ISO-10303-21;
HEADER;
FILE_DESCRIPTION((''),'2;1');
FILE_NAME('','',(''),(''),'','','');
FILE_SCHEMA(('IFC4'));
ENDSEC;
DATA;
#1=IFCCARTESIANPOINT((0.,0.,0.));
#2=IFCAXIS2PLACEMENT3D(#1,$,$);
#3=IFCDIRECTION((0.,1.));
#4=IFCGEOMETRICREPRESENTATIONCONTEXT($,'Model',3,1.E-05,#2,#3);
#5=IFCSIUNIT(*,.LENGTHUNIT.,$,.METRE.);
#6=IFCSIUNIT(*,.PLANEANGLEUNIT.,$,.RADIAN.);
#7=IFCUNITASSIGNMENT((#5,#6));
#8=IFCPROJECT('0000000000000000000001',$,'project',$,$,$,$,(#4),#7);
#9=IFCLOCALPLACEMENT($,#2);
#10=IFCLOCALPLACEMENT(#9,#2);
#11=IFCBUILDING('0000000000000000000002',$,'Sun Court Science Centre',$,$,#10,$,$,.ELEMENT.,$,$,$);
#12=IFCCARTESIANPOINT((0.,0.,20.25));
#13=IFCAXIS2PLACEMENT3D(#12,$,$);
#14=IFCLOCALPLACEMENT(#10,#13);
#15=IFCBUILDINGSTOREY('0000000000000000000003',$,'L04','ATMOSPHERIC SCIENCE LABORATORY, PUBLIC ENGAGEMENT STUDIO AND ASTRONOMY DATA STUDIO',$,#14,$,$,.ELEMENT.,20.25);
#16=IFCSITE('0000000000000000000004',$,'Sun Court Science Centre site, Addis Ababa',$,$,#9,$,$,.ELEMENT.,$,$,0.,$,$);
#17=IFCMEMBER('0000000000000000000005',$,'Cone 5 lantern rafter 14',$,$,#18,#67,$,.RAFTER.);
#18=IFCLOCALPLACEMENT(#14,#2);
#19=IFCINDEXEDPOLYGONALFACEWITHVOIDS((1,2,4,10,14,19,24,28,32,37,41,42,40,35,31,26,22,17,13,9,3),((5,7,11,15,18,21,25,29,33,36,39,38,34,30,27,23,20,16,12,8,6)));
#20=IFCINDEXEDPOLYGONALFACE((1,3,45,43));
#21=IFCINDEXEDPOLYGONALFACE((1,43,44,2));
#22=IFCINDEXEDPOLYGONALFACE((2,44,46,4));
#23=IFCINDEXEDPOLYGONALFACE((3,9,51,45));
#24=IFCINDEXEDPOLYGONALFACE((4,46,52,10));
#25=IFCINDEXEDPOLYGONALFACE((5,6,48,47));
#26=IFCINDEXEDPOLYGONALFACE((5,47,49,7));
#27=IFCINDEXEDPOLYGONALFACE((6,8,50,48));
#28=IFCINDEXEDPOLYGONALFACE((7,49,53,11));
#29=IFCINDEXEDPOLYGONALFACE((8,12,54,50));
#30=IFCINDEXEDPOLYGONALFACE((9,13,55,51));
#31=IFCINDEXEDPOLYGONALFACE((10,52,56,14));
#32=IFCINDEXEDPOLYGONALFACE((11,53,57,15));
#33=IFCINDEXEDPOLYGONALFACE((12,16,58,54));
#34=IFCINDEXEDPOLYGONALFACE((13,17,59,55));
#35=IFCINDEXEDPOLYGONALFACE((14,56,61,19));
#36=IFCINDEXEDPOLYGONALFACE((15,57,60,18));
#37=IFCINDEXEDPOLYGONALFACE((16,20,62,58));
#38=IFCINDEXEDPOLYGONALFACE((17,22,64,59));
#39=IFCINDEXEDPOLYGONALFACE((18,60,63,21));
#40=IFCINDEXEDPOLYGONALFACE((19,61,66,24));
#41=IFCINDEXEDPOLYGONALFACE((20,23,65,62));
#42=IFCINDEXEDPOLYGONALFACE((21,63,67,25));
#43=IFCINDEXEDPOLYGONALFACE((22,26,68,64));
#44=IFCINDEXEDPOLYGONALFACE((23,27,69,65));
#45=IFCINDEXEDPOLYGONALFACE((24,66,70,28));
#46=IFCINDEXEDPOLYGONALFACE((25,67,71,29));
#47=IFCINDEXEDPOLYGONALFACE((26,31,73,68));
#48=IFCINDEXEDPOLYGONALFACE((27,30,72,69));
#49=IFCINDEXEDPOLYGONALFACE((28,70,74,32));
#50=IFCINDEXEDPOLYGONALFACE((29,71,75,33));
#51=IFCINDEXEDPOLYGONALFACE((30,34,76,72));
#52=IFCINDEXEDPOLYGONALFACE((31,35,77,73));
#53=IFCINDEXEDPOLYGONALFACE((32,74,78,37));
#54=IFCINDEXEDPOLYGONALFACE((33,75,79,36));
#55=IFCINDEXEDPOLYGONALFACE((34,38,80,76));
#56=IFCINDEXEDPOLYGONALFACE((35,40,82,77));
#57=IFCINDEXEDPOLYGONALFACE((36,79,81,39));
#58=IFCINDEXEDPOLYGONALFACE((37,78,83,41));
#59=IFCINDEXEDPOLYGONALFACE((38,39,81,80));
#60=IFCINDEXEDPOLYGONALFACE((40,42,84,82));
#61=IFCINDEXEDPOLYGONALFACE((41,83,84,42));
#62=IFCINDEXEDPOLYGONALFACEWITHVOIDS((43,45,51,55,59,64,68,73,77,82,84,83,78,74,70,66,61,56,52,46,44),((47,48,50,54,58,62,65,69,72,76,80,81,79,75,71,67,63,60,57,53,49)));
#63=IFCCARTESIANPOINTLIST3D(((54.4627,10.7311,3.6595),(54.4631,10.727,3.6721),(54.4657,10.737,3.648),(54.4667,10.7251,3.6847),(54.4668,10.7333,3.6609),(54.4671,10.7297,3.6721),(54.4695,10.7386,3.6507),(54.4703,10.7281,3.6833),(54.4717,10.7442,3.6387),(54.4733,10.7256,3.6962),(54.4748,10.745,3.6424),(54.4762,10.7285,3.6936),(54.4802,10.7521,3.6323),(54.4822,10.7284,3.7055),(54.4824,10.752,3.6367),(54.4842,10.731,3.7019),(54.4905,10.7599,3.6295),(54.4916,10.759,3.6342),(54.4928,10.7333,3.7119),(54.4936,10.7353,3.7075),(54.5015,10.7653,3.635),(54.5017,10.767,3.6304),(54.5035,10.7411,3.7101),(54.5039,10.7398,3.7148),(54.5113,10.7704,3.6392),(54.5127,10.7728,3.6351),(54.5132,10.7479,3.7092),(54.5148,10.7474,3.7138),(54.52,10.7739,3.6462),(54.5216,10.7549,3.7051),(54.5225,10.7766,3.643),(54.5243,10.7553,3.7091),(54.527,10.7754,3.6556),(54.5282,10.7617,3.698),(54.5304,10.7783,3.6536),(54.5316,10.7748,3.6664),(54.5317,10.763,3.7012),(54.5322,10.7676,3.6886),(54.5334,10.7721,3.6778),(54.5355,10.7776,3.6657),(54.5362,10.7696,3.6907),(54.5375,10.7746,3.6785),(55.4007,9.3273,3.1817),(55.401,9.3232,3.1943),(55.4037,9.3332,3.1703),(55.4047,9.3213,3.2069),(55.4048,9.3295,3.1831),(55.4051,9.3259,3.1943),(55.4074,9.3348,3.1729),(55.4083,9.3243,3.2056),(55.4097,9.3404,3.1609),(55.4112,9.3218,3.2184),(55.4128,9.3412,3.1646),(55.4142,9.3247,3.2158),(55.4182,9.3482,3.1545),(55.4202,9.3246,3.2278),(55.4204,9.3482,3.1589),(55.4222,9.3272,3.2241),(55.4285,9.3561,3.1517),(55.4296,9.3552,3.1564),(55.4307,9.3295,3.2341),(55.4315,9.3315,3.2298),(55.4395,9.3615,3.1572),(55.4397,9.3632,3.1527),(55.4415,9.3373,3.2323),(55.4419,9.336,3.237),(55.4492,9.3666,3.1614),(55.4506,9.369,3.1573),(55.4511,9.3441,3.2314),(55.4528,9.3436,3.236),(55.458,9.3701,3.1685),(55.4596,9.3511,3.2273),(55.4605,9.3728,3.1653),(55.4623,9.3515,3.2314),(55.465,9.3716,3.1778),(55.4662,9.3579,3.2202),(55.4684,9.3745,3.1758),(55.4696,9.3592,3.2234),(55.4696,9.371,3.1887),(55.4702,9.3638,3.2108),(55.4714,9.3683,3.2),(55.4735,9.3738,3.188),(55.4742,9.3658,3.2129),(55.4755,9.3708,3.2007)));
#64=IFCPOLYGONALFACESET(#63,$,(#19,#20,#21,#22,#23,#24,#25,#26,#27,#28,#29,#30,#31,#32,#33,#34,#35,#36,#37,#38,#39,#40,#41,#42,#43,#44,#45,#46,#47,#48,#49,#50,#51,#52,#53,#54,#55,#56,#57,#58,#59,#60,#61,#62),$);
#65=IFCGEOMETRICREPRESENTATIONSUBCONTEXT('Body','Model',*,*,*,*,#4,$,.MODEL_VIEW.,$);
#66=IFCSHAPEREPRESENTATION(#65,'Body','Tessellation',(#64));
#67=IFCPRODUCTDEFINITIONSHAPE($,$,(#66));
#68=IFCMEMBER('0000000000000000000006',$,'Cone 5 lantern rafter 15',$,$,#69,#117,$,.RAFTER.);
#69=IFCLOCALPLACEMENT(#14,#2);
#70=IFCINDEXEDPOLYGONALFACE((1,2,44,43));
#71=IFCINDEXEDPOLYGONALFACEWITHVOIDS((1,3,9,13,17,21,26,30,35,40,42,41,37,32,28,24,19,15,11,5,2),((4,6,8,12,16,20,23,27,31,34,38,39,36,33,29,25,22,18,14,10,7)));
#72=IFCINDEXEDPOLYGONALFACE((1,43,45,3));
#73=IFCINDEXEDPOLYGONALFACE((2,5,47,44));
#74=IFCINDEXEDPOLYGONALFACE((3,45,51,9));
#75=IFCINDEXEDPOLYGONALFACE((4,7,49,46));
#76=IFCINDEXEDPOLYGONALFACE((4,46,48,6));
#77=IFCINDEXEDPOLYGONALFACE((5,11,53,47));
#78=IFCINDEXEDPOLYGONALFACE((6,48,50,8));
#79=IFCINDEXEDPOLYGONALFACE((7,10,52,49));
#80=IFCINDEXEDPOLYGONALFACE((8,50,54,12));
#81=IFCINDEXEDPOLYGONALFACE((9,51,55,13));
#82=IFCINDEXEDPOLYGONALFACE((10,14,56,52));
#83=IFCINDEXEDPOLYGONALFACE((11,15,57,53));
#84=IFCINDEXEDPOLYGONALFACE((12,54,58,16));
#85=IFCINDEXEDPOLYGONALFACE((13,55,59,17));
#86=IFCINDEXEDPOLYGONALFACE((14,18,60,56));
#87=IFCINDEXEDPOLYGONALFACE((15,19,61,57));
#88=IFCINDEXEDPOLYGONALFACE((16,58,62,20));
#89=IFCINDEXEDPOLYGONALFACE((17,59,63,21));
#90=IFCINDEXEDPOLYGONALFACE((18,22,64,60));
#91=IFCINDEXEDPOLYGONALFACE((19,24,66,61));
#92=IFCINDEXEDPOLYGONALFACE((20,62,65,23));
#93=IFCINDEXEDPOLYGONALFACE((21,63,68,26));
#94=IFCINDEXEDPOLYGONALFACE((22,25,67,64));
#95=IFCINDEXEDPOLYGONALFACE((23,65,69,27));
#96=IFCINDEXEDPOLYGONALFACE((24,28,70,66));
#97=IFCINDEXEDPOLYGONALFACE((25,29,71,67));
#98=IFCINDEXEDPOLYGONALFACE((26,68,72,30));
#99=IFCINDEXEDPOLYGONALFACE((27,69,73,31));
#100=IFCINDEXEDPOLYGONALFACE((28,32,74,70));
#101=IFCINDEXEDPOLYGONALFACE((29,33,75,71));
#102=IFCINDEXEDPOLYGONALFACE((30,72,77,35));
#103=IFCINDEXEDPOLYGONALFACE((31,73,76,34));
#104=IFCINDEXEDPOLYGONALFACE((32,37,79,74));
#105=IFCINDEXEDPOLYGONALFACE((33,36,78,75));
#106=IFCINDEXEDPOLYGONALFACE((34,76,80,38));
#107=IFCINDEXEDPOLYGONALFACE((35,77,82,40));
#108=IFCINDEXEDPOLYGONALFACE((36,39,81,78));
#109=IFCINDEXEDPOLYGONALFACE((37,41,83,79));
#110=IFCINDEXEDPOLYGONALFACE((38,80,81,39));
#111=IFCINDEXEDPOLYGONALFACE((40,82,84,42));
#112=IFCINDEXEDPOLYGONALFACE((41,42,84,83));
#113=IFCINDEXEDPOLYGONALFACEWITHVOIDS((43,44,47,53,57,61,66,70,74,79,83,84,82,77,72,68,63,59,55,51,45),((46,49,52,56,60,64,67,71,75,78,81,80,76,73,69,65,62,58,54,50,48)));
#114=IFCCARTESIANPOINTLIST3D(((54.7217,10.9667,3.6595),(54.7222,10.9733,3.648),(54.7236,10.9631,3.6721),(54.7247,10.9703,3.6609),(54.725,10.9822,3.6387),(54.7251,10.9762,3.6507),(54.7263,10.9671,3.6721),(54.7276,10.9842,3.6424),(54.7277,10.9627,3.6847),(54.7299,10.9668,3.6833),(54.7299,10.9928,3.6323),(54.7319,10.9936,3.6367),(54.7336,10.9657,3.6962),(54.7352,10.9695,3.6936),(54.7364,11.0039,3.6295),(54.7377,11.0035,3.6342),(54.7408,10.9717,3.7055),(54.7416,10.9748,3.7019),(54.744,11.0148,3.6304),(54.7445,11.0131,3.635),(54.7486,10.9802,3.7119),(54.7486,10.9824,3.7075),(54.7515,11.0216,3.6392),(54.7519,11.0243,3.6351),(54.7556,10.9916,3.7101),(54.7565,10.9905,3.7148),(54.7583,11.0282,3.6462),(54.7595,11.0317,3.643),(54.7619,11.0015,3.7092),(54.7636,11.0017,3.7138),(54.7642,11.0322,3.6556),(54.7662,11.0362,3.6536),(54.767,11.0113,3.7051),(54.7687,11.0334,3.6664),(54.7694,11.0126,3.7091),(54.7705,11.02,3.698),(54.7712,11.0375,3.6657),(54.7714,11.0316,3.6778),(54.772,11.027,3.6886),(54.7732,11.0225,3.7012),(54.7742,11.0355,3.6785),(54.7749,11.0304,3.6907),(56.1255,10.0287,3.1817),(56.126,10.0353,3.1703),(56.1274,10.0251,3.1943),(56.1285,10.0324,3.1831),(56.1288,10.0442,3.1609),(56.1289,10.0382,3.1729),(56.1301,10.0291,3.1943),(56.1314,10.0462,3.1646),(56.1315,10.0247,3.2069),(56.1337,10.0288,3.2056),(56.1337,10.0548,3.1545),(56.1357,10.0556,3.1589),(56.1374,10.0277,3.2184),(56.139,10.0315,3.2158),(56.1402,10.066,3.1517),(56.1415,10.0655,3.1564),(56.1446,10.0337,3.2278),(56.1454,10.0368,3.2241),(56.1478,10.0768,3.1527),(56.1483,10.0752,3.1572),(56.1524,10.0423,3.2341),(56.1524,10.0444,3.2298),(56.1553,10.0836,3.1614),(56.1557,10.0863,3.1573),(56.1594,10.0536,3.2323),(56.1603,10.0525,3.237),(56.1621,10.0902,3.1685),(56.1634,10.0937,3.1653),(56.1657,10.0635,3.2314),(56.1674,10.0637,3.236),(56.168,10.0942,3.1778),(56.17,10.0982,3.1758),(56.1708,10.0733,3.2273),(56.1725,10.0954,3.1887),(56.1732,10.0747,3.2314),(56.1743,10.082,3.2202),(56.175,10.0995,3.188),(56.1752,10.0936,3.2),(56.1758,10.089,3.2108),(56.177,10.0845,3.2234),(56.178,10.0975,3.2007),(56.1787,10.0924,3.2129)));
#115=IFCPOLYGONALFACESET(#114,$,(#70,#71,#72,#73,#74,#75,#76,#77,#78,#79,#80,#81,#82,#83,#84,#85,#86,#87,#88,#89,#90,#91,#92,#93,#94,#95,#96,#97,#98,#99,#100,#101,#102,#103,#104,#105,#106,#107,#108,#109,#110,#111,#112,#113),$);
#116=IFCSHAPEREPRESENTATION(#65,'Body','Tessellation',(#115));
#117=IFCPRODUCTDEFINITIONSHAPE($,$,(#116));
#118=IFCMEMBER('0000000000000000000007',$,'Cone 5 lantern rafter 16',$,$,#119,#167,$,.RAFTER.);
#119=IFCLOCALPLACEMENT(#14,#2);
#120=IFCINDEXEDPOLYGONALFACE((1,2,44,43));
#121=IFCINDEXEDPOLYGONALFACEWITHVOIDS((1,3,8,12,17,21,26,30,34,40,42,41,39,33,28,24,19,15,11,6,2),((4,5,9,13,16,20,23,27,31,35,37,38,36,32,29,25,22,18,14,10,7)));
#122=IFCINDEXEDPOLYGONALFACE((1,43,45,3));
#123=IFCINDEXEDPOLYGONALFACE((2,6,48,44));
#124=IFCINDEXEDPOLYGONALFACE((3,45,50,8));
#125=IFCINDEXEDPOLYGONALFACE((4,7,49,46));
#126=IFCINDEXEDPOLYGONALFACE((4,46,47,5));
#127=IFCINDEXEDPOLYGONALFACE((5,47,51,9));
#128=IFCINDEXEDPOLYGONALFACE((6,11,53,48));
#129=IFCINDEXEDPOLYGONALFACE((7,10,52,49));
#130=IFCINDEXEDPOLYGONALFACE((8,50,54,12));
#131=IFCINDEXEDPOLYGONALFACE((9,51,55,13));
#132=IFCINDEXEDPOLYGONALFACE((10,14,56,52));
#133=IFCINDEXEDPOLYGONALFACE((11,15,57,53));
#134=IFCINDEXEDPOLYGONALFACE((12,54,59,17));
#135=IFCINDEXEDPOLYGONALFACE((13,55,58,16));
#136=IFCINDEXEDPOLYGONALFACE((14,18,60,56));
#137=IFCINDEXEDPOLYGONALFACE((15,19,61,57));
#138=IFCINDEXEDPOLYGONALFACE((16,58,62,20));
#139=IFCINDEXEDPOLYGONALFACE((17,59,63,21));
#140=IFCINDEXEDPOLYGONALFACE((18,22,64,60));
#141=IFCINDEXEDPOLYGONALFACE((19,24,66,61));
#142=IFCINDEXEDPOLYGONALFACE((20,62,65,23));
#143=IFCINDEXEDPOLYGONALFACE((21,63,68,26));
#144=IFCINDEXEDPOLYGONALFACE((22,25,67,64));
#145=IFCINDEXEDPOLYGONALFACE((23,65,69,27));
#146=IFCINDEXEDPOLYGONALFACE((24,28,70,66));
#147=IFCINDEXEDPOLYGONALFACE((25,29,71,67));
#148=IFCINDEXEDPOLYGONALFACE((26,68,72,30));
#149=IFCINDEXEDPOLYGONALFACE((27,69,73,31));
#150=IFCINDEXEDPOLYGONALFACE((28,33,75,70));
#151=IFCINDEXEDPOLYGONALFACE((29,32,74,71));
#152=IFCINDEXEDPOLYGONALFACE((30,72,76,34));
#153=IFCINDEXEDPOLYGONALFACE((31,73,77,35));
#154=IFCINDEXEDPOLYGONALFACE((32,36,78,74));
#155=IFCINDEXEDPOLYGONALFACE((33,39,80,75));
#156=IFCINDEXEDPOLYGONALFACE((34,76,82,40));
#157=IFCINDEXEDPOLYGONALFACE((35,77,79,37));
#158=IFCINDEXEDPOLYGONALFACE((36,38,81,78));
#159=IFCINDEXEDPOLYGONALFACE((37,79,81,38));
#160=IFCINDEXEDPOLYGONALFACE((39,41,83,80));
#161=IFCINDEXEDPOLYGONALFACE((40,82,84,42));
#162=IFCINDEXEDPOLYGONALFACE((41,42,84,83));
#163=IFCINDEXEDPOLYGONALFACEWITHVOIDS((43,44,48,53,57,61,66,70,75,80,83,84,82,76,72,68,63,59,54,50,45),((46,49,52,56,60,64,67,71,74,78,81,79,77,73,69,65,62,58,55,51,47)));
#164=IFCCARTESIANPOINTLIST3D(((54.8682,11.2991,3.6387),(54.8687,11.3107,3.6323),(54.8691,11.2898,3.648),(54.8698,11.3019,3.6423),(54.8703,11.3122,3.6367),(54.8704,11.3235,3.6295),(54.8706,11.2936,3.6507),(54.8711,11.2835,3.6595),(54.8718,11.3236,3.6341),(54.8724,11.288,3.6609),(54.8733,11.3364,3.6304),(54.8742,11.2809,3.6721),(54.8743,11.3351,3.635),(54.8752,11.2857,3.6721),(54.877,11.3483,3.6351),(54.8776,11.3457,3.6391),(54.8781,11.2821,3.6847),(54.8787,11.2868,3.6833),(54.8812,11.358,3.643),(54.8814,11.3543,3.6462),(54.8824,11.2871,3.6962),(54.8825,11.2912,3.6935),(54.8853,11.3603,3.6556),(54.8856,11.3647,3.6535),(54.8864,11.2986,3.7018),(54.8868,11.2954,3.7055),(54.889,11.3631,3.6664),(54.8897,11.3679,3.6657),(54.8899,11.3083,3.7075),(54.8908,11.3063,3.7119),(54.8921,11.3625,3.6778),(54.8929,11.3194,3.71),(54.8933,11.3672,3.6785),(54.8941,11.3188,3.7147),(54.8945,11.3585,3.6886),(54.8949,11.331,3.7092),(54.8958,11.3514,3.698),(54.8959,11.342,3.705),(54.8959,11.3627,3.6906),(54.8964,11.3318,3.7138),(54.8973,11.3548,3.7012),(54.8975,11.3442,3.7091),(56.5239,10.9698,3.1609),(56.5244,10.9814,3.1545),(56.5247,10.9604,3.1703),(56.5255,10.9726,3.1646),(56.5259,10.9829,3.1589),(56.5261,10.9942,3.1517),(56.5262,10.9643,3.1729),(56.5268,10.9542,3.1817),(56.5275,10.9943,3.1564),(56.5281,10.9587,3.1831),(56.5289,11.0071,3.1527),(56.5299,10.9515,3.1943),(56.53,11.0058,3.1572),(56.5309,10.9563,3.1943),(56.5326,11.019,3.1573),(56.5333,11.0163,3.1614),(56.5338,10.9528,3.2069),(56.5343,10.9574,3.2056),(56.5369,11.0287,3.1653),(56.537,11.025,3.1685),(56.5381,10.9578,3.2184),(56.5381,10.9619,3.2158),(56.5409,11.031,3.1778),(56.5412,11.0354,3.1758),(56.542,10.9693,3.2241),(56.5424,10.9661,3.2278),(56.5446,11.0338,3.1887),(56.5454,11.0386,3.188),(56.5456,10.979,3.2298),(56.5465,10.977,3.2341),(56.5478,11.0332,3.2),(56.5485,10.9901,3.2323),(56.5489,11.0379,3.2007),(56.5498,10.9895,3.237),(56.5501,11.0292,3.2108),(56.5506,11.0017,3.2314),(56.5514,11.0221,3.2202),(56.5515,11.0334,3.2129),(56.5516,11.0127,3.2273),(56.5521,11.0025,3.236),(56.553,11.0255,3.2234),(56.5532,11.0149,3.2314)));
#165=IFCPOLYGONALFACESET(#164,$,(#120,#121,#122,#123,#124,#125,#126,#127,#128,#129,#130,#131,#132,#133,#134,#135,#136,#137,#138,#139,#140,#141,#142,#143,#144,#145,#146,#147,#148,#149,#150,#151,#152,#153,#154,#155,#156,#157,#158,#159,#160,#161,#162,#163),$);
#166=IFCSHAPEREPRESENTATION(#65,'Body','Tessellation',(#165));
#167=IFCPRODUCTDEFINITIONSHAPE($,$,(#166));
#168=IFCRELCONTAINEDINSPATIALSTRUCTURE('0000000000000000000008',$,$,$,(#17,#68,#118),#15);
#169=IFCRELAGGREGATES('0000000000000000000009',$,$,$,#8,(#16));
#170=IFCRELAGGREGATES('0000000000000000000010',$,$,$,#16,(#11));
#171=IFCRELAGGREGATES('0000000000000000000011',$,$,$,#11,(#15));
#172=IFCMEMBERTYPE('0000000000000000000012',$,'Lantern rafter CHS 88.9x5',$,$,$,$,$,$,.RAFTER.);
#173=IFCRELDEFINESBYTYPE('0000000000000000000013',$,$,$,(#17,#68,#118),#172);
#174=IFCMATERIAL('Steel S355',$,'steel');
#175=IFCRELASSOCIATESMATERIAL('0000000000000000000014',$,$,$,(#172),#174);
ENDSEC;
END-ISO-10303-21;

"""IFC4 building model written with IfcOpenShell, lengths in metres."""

from ifc_helpers import new_model, si_unit, direction, frame, origin, origin_2d, place, context, subcontext, project, spatial, hollow_circle, extrude, material, material_profile, profile_set, type_object, element, save


model = new_model("IFC4")

# Units and contexts
model_context = context("Model", 3, precision=1e-05, world=origin(), true_north=direction((0.0, 1.0)))
body_context = subcontext(model_context, "Body", "Model", "MODEL_VIEW")
ifc_project = project(units=[si_unit("LENGTHUNIT", "METRE"), si_unit("PLANEANGLEUNIT", "RADIAN")], contexts=[model_context])

# Site, building, storey
site_placement = place(None, origin())
site = spatial("IfcSite", under=ifc_project, at=site_placement, Name="Sun Court Science Centre site, Addis Ababa", CompositionType="ELEMENT", RefElevation=0.0)
building_placement = place(site_placement, origin())
building = spatial("IfcBuilding", under=site, at=building_placement, Name="Sun Court Science Centre", CompositionType="ELEMENT")
storey_placement = place(building_placement, frame((0.0, 0.0, 20.25)))
storey = spatial("IfcBuildingStorey", under=building, at=storey_placement, Name="L04", Description="ATMOSPHERIC SCIENCE LABORATORY, PUBLIC ENGAGEMENT STUDIO AND ASTRONOMY DATA STUDIO", CompositionType="ELEMENT", Elevation=20.25)

# Members
ifc_material_1 = material(Name="Steel S355", Category="steel")
ifc_material_profile_1 = material_profile(ifc_material_1, hollow_circle(Radius=0.0444, WallThickness=0.0049, at=origin_2d()), Name="CHS 88.9x5")
ifc_profile_set_1 = profile_set([ifc_material_profile_1], Name="Steel S355")
member_type_1 = type_object("IfcMemberType", Name="Lantern rafter CHS 88.9x5", PredefinedType="RAFTER", material=ifc_profile_set_1)
for number, where, z_axis, x_axis, name in (
    (1, (55.438, 9.3479, 3.1943), (-0.534575, 0.800053, 0.272296), (-0.831471, -0.555568, 0.0), "Cone 5 lantern rafter 14"),
    (2, (56.1521, 10.062, 3.1943), (-0.800053, 0.534575, 0.272296), (-0.555568, -0.831471, 0.0), "Cone 5 lantern rafter 15"),
):
    element("IfcMember", number, at=place(storey_placement, frame(where, z_axis=z_axis, x_axis=x_axis)), inside=storey, type_object=member_type_1, Name=name, PredefinedType="RAFTER", context=body_context, shape_type="SweptSolid", body=[
        extrude(hollow_circle(Radius=0.0444, WallThickness=0.0049, at=origin_2d()), origin(), (0.0, 0.0, 1.0), 1.7546),
    ])
member_1_placement = place(storey_placement, frame((56.5386, 10.9951, 3.1943), z_axis=(-0.943719, 0.187714, 0.272318), x_axis=(-0.195087, -0.980786, 0.0)))
element("IfcMember", 3, at=member_1_placement, inside=storey, type_object=member_type_1, Name="Cone 5 lantern rafter 16", PredefinedType="RAFTER", context=body_context, shape_type="SweptSolid", body=[
    extrude(hollow_circle(Radius=0.0444, WallThickness=0.0049, at=origin_2d()), origin(), (0.0, 0.0, 1.0), 1.7544),
])

save(model, "model.ifc")
